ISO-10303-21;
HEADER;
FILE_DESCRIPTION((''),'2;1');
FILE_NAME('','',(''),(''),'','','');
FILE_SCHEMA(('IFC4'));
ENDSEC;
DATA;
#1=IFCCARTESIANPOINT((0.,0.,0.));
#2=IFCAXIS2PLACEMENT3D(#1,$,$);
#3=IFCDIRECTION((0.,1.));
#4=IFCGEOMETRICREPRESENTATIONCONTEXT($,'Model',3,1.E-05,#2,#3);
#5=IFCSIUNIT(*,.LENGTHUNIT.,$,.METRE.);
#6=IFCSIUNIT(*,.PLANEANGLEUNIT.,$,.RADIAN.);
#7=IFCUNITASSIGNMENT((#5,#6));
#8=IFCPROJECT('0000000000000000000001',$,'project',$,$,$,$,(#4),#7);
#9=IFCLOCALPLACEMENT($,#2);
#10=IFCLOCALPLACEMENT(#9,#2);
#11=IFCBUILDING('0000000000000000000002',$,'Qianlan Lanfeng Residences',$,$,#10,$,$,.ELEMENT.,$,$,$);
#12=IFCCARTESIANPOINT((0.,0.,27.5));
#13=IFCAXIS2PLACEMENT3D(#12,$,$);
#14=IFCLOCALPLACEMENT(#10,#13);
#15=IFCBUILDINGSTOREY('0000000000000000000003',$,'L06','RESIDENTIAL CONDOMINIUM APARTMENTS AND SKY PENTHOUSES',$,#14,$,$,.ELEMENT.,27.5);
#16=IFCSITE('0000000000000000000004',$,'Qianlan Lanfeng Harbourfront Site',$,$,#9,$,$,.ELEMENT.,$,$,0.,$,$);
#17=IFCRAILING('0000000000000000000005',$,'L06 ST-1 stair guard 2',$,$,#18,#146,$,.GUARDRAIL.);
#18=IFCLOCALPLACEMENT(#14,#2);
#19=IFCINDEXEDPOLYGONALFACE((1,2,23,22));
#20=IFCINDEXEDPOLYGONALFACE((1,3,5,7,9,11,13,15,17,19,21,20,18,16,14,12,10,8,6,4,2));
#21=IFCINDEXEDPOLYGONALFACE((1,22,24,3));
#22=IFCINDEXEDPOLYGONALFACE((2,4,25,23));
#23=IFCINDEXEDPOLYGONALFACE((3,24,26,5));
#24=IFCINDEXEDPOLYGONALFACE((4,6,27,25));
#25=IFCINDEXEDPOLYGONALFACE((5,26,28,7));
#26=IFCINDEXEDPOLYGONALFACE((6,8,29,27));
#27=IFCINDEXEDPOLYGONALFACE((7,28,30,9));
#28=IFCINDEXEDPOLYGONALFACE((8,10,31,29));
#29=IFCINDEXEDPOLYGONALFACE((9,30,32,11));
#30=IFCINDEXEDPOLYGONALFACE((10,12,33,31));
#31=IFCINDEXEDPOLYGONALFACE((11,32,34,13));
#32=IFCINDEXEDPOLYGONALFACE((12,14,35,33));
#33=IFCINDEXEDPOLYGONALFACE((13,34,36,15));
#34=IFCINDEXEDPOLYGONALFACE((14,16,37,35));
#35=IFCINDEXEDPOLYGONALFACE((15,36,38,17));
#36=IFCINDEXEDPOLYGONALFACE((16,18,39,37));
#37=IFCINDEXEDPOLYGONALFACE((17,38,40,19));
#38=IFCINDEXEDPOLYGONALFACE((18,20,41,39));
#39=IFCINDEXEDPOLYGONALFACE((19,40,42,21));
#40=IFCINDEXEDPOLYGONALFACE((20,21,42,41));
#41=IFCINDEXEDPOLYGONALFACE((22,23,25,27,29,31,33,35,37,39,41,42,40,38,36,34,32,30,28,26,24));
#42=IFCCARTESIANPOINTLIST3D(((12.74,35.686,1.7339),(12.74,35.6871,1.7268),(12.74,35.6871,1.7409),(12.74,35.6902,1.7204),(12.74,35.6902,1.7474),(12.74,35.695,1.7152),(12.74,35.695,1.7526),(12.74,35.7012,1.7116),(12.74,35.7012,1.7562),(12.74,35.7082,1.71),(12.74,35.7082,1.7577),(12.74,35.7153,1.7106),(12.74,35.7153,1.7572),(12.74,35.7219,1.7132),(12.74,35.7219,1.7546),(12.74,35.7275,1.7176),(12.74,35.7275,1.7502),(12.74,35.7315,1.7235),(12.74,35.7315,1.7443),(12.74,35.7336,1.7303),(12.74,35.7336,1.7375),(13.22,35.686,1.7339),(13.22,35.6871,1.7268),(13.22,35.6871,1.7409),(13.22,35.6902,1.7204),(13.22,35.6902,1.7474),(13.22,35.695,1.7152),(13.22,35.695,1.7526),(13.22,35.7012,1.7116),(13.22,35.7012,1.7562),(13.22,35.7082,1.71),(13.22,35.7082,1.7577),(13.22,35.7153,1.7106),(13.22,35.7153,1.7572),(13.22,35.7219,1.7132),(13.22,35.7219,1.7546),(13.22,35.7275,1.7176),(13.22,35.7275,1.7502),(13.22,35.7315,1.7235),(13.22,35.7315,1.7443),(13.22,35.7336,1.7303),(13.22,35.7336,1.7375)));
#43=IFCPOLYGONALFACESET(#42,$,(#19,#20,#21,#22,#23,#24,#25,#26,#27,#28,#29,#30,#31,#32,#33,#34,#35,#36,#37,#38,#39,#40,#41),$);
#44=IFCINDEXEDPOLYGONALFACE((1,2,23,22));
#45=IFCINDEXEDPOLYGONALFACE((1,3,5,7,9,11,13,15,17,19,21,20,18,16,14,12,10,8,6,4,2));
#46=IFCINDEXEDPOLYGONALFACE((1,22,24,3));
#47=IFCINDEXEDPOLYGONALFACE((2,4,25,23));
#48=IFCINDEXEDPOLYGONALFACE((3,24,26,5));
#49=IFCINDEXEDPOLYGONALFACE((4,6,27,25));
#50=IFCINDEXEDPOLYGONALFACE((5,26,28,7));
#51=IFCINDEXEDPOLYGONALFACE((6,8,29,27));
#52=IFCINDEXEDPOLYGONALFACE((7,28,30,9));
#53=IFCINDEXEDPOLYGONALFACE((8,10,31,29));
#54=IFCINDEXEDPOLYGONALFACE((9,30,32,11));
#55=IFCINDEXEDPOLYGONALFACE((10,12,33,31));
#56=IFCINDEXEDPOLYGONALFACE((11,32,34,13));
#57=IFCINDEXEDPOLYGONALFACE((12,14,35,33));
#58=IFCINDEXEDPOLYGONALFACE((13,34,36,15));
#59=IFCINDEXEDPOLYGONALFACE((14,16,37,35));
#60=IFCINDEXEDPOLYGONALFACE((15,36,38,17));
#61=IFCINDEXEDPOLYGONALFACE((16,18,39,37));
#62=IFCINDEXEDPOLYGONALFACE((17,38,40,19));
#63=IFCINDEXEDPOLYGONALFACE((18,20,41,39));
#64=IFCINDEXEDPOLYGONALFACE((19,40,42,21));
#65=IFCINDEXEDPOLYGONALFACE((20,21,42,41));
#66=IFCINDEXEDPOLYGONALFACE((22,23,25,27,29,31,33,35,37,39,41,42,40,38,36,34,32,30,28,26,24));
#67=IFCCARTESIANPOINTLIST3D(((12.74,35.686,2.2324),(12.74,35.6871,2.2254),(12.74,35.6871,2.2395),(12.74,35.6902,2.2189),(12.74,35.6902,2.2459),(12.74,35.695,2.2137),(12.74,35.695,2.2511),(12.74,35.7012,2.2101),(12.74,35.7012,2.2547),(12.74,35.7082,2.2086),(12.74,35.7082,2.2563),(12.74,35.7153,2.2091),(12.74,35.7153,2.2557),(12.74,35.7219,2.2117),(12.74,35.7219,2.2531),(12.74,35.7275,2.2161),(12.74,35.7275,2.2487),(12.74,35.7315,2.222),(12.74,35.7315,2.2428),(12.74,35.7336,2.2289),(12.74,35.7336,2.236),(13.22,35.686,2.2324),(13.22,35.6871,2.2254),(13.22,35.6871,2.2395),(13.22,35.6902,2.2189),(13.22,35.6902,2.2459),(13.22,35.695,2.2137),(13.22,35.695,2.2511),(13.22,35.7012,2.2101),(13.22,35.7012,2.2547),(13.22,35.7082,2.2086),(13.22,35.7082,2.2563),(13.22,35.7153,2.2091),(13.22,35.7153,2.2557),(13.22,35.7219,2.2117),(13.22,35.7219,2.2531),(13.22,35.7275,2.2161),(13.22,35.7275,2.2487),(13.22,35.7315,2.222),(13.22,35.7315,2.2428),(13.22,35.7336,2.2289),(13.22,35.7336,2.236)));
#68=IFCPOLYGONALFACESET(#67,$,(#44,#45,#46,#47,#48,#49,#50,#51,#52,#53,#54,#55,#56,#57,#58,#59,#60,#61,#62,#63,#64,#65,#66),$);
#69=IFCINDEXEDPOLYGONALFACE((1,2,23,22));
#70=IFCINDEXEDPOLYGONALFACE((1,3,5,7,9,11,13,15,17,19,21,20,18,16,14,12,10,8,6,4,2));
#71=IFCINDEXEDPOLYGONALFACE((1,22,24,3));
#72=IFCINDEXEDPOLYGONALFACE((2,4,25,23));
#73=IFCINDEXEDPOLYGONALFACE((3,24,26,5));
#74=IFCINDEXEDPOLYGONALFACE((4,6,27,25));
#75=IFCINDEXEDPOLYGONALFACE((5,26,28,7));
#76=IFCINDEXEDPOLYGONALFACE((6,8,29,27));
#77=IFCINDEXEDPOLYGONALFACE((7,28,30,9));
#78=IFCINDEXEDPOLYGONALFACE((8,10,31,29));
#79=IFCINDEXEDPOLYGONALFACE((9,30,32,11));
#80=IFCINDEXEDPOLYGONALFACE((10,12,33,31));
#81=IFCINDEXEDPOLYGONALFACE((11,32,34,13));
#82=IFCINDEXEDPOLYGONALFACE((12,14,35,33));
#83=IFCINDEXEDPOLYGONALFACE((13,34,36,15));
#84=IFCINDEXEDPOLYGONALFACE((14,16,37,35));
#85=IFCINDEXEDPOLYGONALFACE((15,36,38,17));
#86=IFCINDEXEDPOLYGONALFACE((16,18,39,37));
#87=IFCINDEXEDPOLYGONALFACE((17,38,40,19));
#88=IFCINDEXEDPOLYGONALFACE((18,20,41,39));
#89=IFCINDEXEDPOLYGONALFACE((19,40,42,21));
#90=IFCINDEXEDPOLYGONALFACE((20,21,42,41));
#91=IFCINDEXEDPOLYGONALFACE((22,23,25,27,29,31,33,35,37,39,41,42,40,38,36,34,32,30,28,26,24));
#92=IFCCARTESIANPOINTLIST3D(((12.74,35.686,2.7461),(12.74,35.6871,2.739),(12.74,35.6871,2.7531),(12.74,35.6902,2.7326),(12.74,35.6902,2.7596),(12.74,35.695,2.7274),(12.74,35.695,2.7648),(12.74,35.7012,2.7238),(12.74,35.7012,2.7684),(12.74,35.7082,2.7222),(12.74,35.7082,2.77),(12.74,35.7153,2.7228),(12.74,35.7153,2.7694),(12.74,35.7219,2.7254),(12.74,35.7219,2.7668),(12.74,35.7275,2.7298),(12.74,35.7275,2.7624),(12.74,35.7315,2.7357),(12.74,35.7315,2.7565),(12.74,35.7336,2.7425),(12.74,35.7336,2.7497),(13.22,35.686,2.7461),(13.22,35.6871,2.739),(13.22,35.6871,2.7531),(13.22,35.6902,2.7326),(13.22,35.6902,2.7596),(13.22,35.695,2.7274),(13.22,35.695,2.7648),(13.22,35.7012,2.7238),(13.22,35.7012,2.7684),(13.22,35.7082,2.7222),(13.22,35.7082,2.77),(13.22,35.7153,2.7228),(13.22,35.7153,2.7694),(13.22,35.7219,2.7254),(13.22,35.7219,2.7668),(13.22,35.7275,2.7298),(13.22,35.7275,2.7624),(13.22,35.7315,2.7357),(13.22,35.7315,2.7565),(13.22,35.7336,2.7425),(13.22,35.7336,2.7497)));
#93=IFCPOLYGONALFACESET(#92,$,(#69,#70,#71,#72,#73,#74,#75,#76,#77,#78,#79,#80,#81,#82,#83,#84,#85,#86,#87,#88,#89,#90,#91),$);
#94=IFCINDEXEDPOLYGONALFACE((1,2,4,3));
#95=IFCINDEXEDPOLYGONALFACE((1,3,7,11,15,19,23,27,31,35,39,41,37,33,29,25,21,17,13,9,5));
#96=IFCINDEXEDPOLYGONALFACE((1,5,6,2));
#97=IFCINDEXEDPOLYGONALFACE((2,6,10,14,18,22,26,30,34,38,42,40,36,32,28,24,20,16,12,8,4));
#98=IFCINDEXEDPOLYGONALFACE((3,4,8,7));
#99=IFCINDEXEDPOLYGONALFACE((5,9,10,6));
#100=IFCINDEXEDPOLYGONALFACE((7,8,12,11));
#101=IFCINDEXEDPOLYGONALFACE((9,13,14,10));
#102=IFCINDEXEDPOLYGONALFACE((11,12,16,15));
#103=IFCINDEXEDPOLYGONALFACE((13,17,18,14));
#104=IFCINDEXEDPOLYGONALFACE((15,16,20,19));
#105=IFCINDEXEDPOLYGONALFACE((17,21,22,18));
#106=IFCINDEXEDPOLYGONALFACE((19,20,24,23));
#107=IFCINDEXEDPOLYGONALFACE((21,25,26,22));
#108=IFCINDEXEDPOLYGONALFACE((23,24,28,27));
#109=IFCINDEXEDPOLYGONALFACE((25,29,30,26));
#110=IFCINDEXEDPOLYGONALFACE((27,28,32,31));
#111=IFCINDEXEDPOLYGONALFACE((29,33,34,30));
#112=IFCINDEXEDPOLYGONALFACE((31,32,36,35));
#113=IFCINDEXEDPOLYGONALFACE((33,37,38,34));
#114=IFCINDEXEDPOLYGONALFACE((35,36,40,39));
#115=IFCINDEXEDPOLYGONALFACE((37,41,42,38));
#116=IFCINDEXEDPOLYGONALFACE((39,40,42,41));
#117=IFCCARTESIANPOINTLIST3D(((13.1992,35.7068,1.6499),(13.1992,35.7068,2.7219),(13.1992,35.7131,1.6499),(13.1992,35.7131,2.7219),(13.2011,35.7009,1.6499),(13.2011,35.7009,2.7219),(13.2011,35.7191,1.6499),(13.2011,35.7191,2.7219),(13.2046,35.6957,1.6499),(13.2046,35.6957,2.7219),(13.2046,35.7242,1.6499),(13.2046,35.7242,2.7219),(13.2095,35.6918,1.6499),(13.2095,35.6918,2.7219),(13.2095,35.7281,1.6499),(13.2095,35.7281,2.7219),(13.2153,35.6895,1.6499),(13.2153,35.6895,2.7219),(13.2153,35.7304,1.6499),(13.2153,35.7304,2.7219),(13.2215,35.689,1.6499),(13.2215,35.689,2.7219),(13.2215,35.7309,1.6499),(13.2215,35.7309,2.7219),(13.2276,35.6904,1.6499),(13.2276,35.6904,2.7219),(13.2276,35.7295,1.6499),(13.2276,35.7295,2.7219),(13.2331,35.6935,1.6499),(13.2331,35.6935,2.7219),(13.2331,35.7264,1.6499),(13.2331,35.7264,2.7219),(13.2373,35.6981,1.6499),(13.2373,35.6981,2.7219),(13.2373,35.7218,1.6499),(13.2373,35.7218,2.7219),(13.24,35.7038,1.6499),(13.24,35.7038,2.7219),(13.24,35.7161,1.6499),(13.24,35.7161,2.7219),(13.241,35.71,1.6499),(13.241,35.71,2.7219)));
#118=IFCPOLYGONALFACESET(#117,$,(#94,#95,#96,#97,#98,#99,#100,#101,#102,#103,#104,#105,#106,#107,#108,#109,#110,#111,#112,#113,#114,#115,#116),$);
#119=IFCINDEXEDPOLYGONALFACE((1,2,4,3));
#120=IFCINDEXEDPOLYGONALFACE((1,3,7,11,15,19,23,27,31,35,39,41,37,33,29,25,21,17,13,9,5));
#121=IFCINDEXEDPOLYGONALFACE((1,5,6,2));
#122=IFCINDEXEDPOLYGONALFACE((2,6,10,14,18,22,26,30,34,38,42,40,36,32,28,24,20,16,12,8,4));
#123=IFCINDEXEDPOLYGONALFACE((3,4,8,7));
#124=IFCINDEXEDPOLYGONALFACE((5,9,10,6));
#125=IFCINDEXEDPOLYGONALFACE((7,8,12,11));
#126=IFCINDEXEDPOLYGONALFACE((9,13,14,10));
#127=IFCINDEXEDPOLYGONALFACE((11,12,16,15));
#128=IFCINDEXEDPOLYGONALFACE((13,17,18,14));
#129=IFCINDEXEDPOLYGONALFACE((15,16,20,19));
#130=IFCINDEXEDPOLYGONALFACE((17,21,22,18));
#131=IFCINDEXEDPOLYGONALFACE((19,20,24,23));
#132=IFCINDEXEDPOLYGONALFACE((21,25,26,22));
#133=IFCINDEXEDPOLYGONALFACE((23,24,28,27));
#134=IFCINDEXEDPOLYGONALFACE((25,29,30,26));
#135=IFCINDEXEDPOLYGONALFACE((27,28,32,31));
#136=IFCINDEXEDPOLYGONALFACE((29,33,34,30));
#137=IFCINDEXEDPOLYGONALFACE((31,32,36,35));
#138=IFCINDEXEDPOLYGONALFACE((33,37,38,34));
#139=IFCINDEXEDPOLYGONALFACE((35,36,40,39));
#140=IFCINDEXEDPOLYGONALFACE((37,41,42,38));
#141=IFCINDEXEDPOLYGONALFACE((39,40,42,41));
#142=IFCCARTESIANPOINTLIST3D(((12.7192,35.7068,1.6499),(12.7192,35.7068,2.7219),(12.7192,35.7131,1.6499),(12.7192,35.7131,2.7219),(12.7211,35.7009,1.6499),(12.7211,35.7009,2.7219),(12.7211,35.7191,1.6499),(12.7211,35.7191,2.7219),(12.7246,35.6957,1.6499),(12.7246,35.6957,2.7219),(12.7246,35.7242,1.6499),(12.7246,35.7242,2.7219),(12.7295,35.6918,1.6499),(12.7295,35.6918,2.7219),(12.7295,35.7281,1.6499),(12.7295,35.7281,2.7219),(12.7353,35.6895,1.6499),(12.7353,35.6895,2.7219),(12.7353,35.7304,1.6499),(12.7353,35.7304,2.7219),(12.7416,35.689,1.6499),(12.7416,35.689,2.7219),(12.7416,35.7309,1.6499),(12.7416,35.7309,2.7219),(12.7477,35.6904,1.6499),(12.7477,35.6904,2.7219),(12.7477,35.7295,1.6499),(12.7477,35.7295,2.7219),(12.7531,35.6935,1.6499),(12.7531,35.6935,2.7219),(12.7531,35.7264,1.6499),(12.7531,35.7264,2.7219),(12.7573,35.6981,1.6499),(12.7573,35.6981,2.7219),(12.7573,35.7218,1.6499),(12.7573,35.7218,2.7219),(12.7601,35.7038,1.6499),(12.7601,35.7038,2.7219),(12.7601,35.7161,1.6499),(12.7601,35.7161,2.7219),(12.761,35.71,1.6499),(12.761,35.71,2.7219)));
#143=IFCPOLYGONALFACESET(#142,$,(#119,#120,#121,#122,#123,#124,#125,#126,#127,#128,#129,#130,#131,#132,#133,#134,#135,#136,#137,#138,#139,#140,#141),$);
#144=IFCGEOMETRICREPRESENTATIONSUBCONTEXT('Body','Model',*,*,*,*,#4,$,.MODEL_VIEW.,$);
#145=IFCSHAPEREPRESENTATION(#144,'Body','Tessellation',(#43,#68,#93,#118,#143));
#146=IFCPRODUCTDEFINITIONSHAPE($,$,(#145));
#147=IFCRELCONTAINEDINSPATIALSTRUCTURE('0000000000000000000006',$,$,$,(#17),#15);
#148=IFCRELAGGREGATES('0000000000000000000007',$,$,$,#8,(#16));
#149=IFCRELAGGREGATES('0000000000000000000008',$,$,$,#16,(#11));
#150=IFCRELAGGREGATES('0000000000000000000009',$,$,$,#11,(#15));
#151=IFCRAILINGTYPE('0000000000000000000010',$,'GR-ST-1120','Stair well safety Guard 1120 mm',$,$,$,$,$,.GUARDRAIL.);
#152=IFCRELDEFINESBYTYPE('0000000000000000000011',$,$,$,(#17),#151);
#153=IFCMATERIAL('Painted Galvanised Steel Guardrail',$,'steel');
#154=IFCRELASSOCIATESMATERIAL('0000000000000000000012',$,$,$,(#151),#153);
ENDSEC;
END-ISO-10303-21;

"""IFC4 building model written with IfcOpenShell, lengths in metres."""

from ifc_helpers import new_model, si_unit, direction, frame, origin, origin_2d, place, context, subcontext, project, spatial, circle, extrude, material, type_object, element, save


model = new_model("IFC4")

# Units and contexts
model_context = context("Model", 3, precision=1e-05, world=origin(), true_north=direction((0.0, 1.0)))
body_context = subcontext(model_context, "Body", "Model", "MODEL_VIEW")
ifc_project = project(units=[si_unit("LENGTHUNIT", "METRE"), si_unit("PLANEANGLEUNIT", "RADIAN")], contexts=[model_context])

# Site, building, storey
site_placement = place(None, origin())
site = spatial("IfcSite", under=ifc_project, at=site_placement, Name="Qianlan Lanfeng Harbourfront Site", CompositionType="ELEMENT", RefElevation=0.0)
building_placement = place(site_placement, origin())
building = spatial("IfcBuilding", under=site, at=building_placement, Name="Qianlan Lanfeng Residences", CompositionType="ELEMENT")
storey_placement = place(building_placement, frame((0.0, 0.0, 27.5)))
storey = spatial("IfcBuildingStorey", under=building, at=storey_placement, Name="L06", Description="RESIDENTIAL CONDOMINIUM APARTMENTS AND SKY PENTHOUSES", CompositionType="ELEMENT", Elevation=27.5)

# Railing
ifc_material_1 = material(Name="Painted Galvanised Steel Guardrail", Category="steel")
railing_type_1 = type_object("IfcRailingType", Name="GR-ST-1120", Description="Stair well safety Guard 1120 mm", PredefinedType="GUARDRAIL", material=ifc_material_1)
railing_1_placement = place(storey_placement, frame((13.22, 35.71, 1.6499)))
element("IfcRailing", 1, at=railing_1_placement, inside=storey, type_object=railing_type_1, Name="L06 ST-1 stair guard 2", PredefinedType="GUARDRAIL", context=body_context, shape_type="SweptSolid", body=[
    extrude(circle(Radius=0.0239, at=origin_2d()), frame((0.0, 0.0, 0.084), z_axis=(-1.0, 0.0, 0.0), x_axis=(0.0, -1.0, 0.0)), (0.0, 0.0, 1.0), 0.48),
    extrude(circle(Radius=0.0239, at=origin_2d()), frame((0.0, 0.0, 0.5825), z_axis=(-1.0, 0.0, 0.0), x_axis=(0.0, -1.0, 0.0)), (0.0, 0.0, 1.0), 0.48),
    extrude(circle(Radius=0.0239, at=origin_2d()), frame((0.0, 0.0, 1.0962), z_axis=(-1.0, 0.0, 0.0), x_axis=(0.0, -1.0, 0.0)), (0.0, 0.0, 1.0), 0.48),
    extrude(circle(Radius=0.021, at=origin_2d()), origin(), (0.0, 0.0, 1.0), 1.072),
    extrude(circle(Radius=0.021, at=origin_2d()), frame((-0.48, 0.0, 0.0)), (0.0, 0.0, 1.0), 1.072),
])

save(model, "model.ifc")
